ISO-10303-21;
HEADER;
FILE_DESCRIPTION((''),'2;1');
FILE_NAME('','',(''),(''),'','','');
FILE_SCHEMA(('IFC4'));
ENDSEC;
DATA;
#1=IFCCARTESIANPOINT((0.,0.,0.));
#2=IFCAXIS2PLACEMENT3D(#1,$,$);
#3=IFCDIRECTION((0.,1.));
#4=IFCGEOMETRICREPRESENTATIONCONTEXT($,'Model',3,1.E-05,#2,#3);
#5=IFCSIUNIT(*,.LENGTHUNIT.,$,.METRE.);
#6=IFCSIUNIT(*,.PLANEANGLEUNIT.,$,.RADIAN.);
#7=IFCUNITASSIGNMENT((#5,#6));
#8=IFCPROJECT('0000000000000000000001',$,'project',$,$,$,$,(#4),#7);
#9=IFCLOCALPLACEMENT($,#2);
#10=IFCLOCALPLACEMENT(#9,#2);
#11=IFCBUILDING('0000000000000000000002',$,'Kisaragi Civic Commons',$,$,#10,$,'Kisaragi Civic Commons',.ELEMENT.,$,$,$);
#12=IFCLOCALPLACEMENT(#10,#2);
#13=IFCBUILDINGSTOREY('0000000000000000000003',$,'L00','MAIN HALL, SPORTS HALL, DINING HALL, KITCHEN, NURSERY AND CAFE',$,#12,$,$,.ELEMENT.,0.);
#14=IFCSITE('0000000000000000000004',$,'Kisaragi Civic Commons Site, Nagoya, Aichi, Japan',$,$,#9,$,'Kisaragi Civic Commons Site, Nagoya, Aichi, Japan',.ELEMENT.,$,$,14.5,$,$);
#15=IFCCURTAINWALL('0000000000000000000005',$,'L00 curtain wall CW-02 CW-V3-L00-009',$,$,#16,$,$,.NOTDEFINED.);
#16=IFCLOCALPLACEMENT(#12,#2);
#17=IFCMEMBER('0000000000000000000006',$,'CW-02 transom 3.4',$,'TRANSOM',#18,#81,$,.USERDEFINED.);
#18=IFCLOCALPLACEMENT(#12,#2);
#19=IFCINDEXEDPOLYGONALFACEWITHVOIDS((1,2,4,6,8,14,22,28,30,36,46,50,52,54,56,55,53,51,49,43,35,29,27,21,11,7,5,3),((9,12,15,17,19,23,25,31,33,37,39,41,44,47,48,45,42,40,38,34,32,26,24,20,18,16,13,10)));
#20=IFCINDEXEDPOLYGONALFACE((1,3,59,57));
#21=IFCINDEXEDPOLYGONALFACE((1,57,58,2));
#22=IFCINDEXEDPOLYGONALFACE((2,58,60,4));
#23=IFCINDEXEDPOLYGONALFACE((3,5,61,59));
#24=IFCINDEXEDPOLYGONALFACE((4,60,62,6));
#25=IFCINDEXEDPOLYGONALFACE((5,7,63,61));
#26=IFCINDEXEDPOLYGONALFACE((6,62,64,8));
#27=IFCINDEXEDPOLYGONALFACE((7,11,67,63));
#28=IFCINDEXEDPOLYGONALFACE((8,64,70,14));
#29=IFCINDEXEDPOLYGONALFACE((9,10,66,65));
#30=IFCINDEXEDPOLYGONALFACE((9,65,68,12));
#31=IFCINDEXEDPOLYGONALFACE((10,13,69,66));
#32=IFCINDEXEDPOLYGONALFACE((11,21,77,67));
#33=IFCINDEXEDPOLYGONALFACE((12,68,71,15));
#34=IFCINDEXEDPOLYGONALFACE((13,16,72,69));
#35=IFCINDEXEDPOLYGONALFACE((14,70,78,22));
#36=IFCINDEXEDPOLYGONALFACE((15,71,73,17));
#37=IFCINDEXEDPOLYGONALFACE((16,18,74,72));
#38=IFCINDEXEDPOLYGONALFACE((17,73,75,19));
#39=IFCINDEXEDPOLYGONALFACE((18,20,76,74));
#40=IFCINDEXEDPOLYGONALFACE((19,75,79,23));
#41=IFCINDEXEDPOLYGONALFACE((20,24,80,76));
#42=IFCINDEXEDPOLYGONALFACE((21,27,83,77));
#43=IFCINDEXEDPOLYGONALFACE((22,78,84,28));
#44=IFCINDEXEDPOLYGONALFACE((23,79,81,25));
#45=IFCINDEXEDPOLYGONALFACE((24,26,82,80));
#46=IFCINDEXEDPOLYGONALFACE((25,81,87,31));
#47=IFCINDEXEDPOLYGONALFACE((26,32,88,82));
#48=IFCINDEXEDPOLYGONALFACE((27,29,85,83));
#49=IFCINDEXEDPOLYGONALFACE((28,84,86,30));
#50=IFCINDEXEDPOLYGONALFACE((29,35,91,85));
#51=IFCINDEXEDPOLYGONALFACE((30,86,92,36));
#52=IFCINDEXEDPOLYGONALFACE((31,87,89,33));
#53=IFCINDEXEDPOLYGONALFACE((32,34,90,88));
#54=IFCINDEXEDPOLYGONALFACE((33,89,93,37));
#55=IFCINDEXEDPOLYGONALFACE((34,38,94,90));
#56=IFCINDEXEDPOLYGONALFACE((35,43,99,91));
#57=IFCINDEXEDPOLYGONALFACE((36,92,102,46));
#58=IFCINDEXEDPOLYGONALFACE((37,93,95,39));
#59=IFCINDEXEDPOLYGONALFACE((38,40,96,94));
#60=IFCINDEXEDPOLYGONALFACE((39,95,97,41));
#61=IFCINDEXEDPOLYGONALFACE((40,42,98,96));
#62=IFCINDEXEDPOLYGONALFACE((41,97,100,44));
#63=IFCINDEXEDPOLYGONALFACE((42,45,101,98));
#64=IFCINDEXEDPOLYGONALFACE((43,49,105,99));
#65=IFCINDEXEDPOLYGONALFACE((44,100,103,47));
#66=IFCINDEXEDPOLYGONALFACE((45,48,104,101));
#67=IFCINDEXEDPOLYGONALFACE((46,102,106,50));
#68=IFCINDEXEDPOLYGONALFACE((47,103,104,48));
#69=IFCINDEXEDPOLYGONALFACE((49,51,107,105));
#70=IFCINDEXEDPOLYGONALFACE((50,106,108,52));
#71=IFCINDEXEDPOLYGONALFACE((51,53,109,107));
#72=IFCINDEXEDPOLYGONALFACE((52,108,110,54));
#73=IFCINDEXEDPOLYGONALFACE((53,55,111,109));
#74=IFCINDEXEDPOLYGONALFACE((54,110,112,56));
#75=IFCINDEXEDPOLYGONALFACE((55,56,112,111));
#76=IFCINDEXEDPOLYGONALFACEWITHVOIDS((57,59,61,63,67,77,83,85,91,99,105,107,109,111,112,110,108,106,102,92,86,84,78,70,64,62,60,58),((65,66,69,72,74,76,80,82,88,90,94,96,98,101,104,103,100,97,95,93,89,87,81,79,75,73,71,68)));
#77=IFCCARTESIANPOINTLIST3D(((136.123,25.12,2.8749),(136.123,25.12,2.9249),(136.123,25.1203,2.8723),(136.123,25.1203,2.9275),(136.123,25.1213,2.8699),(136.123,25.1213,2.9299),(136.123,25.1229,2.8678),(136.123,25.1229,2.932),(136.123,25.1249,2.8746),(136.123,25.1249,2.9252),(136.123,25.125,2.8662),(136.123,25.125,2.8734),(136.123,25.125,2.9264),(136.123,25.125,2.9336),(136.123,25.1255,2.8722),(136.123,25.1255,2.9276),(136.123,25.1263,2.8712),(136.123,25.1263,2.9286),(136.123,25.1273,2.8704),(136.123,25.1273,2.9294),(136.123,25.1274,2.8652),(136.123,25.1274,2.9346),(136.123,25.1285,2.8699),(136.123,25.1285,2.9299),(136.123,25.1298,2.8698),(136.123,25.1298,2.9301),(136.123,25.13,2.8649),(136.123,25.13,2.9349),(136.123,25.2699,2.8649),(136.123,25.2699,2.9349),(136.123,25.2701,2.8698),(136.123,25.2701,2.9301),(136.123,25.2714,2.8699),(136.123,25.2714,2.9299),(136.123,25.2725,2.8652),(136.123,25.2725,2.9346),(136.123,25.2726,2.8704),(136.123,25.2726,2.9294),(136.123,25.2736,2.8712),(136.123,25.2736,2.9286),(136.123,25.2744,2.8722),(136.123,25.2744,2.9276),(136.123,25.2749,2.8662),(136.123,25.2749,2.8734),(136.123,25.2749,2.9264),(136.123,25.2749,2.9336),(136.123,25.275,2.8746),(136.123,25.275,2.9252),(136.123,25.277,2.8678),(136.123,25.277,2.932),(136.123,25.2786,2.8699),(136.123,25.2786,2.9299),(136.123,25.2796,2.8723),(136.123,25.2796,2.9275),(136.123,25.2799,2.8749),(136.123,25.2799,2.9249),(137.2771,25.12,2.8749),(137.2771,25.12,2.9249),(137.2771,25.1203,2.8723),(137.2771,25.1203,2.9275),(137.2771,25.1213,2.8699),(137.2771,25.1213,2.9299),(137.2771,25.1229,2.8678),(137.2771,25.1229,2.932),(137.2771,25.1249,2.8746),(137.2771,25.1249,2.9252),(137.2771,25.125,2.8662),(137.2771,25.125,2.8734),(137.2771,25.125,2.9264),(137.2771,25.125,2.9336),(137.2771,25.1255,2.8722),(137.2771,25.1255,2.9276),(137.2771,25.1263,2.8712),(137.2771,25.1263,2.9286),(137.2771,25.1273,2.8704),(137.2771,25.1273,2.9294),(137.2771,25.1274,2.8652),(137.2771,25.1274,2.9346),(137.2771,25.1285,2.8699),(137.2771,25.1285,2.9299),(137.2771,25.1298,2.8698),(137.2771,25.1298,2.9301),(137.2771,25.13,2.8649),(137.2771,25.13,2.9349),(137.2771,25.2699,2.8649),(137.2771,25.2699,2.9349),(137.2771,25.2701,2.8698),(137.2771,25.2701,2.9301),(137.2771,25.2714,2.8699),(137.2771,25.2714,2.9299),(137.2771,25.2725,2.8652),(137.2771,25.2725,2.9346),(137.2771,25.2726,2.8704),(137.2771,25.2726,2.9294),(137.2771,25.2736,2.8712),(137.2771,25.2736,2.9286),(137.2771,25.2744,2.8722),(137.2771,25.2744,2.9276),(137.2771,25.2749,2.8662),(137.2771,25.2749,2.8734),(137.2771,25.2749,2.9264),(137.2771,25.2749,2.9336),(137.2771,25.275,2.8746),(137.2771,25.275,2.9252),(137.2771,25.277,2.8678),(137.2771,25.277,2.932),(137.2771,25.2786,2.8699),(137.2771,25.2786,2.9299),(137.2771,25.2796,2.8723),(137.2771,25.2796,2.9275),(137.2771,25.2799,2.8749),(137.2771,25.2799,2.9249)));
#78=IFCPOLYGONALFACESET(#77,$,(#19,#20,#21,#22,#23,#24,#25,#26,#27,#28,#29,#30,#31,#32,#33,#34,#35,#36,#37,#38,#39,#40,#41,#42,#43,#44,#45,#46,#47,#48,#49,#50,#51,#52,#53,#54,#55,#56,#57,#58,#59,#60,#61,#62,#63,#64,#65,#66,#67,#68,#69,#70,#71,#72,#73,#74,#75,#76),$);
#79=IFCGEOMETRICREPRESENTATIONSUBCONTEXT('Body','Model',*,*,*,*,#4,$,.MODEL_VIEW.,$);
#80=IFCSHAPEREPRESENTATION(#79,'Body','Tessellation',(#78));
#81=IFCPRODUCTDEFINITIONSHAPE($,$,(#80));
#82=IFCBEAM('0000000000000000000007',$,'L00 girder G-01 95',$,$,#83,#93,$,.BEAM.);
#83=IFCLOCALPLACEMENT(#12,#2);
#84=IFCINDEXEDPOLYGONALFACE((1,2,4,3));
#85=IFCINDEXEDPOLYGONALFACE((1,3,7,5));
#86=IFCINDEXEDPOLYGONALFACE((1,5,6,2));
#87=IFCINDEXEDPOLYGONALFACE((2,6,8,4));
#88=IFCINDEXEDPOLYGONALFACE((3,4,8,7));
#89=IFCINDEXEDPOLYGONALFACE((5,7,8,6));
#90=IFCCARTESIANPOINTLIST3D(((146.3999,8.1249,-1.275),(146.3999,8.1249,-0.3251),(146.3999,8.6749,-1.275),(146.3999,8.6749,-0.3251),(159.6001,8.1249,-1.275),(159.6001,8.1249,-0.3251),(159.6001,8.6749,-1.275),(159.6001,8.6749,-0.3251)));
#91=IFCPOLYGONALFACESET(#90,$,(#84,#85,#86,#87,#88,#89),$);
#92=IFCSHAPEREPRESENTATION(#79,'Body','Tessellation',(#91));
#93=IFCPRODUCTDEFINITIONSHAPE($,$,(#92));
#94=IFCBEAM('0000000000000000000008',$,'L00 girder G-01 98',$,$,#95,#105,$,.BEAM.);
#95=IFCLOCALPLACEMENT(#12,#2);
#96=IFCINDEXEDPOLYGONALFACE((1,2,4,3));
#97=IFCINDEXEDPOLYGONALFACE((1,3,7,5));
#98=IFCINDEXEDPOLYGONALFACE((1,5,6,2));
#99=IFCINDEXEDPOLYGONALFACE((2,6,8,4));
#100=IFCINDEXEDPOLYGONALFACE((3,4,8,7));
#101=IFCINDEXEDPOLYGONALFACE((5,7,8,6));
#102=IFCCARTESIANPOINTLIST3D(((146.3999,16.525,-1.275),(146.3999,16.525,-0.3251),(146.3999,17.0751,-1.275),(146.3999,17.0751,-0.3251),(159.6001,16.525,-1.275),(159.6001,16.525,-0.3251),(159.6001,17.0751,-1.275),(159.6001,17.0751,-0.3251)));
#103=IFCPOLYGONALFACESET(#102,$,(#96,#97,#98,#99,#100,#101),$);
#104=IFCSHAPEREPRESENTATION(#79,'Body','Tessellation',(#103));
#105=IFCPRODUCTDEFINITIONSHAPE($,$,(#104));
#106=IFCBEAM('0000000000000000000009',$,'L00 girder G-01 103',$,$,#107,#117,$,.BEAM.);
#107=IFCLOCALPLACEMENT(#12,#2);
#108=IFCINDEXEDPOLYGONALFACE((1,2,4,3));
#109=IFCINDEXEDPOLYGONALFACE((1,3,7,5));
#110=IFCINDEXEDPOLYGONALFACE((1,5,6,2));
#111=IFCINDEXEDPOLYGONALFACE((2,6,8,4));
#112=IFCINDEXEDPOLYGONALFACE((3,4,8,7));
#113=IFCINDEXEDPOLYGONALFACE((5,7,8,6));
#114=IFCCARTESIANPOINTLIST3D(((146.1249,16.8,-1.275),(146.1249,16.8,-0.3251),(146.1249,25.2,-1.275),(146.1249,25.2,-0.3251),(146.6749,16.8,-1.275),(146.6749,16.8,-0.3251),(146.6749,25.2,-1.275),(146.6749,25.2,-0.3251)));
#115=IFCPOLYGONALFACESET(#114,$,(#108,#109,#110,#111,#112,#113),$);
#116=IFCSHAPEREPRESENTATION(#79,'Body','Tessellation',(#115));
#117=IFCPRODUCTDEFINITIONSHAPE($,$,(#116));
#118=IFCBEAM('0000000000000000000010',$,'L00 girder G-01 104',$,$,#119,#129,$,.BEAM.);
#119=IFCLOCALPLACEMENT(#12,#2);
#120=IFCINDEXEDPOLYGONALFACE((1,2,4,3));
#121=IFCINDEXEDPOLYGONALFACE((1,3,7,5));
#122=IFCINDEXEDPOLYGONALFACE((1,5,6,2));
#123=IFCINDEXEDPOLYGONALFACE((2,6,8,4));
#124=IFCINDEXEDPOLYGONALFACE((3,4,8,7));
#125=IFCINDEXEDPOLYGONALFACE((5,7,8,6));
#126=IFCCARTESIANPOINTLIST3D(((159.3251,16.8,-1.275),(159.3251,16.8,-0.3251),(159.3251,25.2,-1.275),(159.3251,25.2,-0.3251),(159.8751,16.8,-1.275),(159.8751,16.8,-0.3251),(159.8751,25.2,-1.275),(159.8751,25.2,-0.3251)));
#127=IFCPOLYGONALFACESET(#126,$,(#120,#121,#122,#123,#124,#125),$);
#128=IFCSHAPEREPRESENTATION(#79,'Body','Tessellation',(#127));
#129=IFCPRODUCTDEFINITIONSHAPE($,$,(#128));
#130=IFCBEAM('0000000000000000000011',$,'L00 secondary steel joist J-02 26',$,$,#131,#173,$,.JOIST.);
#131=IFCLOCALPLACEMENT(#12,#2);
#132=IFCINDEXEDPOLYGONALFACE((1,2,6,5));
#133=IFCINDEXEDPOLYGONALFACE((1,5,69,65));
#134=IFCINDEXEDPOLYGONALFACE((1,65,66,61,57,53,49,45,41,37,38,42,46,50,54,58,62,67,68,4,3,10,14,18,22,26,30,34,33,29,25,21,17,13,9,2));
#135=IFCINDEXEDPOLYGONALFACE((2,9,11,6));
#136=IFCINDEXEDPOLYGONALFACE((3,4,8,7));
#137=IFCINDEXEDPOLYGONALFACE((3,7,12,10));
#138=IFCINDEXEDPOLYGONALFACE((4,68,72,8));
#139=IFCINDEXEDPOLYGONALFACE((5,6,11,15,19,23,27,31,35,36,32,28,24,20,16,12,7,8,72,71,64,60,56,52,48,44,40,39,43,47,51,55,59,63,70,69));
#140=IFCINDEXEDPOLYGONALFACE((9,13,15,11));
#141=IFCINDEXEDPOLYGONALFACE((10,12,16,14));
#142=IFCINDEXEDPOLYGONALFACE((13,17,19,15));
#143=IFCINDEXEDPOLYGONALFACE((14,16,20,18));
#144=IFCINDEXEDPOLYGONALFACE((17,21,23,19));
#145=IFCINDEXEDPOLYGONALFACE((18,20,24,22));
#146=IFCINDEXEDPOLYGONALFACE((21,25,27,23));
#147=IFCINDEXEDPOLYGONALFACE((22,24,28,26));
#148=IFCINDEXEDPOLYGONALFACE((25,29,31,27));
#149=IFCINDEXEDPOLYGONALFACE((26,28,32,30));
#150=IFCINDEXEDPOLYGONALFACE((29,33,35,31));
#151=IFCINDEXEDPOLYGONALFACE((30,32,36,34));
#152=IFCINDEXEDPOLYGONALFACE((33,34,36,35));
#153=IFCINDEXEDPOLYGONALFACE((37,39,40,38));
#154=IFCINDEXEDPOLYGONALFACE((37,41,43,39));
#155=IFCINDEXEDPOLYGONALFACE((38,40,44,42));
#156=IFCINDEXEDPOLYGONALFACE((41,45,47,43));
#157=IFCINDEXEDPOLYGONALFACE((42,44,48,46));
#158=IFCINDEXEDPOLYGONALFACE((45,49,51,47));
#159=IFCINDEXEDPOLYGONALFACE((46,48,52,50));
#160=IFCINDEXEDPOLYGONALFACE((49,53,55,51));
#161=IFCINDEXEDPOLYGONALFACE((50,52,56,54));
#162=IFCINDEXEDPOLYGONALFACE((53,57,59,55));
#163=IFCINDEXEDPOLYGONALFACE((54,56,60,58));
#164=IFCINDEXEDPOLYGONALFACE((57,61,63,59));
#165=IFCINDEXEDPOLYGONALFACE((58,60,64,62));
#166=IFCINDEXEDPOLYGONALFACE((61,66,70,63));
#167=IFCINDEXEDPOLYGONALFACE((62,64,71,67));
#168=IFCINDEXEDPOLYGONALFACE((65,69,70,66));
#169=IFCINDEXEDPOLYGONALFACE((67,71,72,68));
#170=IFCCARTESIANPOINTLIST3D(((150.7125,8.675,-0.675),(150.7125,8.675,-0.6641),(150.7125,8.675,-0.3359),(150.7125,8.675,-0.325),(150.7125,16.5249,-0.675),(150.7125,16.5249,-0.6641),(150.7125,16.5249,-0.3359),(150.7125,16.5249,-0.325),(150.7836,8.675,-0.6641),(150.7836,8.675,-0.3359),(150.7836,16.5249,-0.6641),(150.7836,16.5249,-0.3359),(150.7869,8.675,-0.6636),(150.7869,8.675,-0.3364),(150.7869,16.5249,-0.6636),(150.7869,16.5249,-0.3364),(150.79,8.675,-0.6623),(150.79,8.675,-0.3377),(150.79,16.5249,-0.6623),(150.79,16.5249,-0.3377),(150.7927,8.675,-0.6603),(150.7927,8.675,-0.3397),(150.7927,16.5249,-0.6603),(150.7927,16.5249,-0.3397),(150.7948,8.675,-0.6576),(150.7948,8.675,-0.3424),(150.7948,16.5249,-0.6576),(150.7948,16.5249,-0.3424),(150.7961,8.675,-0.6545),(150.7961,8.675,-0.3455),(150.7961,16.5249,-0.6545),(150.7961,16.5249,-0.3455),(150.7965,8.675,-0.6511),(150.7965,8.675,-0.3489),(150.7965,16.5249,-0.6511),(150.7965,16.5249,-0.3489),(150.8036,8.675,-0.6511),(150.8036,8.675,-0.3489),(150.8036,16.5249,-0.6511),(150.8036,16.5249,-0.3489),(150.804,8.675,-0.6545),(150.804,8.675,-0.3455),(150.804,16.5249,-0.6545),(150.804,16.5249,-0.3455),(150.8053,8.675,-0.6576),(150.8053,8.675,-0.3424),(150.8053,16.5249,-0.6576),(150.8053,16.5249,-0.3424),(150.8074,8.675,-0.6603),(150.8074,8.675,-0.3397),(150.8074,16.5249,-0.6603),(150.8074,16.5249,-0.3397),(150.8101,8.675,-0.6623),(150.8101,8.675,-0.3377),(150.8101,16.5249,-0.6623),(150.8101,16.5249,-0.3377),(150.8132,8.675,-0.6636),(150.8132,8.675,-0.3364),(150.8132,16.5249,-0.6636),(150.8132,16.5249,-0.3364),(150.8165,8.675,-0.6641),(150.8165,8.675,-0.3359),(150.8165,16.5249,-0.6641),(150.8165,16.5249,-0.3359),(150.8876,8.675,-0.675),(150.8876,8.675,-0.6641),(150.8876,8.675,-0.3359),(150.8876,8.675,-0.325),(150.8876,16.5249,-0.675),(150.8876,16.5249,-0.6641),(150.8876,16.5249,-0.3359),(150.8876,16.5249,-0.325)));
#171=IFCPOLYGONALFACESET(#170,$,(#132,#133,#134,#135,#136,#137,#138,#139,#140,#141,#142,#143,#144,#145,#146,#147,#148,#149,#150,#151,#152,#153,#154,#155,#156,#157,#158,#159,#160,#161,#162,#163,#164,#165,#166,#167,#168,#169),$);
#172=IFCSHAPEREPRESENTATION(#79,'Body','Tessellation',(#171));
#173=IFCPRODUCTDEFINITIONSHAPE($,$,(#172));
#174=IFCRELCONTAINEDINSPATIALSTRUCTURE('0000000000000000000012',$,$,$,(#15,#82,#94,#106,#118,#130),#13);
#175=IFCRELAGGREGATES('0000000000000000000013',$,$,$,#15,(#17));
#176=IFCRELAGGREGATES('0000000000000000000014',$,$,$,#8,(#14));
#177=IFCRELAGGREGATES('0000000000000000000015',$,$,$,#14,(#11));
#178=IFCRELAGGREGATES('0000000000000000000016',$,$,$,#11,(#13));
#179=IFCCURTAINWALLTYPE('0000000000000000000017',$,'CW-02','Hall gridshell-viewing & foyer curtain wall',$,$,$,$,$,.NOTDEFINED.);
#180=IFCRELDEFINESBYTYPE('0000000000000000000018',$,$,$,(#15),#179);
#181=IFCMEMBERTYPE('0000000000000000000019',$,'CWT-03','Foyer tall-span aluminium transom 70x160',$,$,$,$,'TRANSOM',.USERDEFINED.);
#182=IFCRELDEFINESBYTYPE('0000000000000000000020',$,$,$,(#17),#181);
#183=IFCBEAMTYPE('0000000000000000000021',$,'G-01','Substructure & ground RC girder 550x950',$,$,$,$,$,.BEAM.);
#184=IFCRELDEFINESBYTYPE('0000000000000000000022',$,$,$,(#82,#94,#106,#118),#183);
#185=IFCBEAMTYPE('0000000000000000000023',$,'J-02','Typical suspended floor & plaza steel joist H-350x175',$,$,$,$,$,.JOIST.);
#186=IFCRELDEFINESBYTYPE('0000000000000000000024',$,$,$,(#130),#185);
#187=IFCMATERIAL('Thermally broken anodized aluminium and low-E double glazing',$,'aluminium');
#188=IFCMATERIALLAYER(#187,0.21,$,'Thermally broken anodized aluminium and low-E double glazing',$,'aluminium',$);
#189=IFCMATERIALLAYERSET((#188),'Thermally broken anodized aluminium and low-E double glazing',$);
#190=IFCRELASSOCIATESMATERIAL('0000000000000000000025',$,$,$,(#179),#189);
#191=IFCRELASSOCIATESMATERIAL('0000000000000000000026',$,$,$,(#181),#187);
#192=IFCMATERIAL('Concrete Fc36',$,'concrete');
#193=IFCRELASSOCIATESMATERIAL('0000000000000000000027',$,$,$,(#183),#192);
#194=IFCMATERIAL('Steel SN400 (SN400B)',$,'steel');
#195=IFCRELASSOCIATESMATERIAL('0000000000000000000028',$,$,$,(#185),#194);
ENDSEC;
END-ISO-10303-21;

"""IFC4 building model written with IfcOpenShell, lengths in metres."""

from ifc_helpers import new_model, si_unit, direction, frame, origin, origin_2d, place, context, subcontext, project, spatial, rectangle, hollow_rectangle, i_section, extrude, material, layer, layer_set, material_profile, profile_set, type_object, element, aggregate, save


model = new_model("IFC4")

# Units and contexts
model_context = context("Model", 3, precision=1e-05, world=origin(), true_north=direction((0.0, 1.0)))
body_context = subcontext(model_context, "Body", "Model", "MODEL_VIEW")
ifc_project = project(units=[si_unit("LENGTHUNIT", "METRE"), si_unit("PLANEANGLEUNIT", "RADIAN")], contexts=[model_context])

# Site, building, storey
site_placement = place(None, origin())
site = spatial("IfcSite", under=ifc_project, at=site_placement, Name="Kisaragi Civic Commons Site, Nagoya, Aichi, Japan", LongName="Kisaragi Civic Commons Site, Nagoya, Aichi, Japan", CompositionType="ELEMENT", RefElevation=14.5)
building_placement = place(site_placement, origin())
building = spatial("IfcBuilding", under=site, at=building_placement, Name="Kisaragi Civic Commons", LongName="Kisaragi Civic Commons", CompositionType="ELEMENT")
storey_placement = place(building_placement, origin())
storey = spatial("IfcBuildingStorey", under=building, at=storey_placement, Name="L00", Description="MAIN HALL, SPORTS HALL, DINING HALL, KITCHEN, NURSERY AND CAFE", CompositionType="ELEMENT", Elevation=0.0)

# Shared definitions
ifc_material_1 = material(Name="Concrete Fc36", Category="concrete")

# Curtain wall, member
ifc_material_2 = material(Name="Thermally broken anodized aluminium and low-E double glazing", Category="aluminium")
ifc_layer_1 = layer(ifc_material_2, 0.21, Name="Thermally broken anodized aluminium and low-E double glazing", Category="aluminium")
ifc_layer_set_1 = layer_set([ifc_layer_1], Name="Thermally broken anodized aluminium and low-E double glazing")
curtain_wall_type = type_object("IfcCurtainWallType", Name="CW-02", Description="Hall gridshell-viewing & foyer curtain wall", PredefinedType="NOTDEFINED", material=ifc_layer_set_1)
curtain_wall_placement = place(storey_placement, origin())
curtain_wall = element("IfcCurtainWall", 1, at=curtain_wall_placement, inside=storey, type_object=curtain_wall_type, Name="L00 curtain wall CW-02 CW-V3-L00-009", PredefinedType="NOTDEFINED")
ifc_material_profile_1 = material_profile(ifc_material_2, hollow_rectangle(XDim=0.1599, YDim=0.0701, WallThickness=0.0049, InnerFilletRadius=0.0049, OuterFilletRadius=0.01, at=origin_2d()), Name="CWT-70x160x5", Category="aluminium")
ifc_profile_set_1 = profile_set([ifc_material_profile_1], Name="Thermally broken anodized aluminium and low-E double glazing")
member_type_1 = type_object("IfcMemberType", Name="CWT-03", Description="Foyer tall-span aluminium transom 70x160", ElementType="TRANSOM", PredefinedType="USERDEFINED", material=ifc_profile_set_1)
member_1_placement = place(storey_placement, frame((136.123, 25.2, 2.8999), z_axis=(1.0, 0.0, 0.0), x_axis=(0.0, 1.0, 0.0)))
member_1 = element("IfcMember", 2, at=member_1_placement, type_object=member_type_1, Name="CW-02 transom 3.4", ObjectType="TRANSOM", PredefinedType="USERDEFINED", context=body_context, shape_type="SweptSolid", body=[
    extrude(hollow_rectangle(XDim=0.1599, YDim=0.0701, WallThickness=0.0049, InnerFilletRadius=0.0049, OuterFilletRadius=0.01, at=origin_2d()), origin(), (0.0, 0.0, 1.0), 1.1541),
])

# Beams
ifc_material_profile_2 = material_profile(ifc_material_1, rectangle(XDim=0.55, YDim=0.95, at=origin_2d()), Name="RC-550x950", Category="concrete")
ifc_profile_set_2 = profile_set([ifc_material_profile_2], Name="Concrete Fc36")
beam_type_1 = type_object("IfcBeamType", Name="G-01", Description="Substructure & ground RC girder 550x950", PredefinedType="BEAM", material=ifc_profile_set_2)
for number, where, z_axis, x_axis, name in (
    (3, (146.3999, 8.3999, -0.8), (1.0, 0.0, 0.0), (0.0, 1.0, 0.0), "L00 girder G-01 95"),
    (4, (146.3999, 16.8, -0.8), (1.0, 0.0, 0.0), (0.0, 1.0, 0.0), "L00 girder G-01 98"),
):
    element("IfcBeam", number, at=place(storey_placement, frame(where, z_axis=z_axis, x_axis=x_axis)), inside=storey, type_object=beam_type_1, Name=name, PredefinedType="BEAM", context=body_context, shape_type="SweptSolid", body=[
        extrude(rectangle(XDim=0.55, YDim=0.95, at=origin_2d()), origin(), (0.0, 0.0, 1.0), 13.2002),
    ])
for number, where, z_axis, x_axis, name in (
    (5, (146.3999, 16.8, -0.8), (0.0, 1.0, 0.0), (-1.0, 0.0, 0.0), "L00 girder G-01 103"),
    (6, (159.6001, 16.8, -0.8), (0.0, 1.0, 0.0), (-1.0, 0.0, 0.0), "L00 girder G-01 104"),
):
    element("IfcBeam", number, at=place(storey_placement, frame(where, z_axis=z_axis, x_axis=x_axis)), inside=storey, type_object=beam_type_1, Name=name, PredefinedType="BEAM", context=body_context, shape_type="SweptSolid", body=[
        extrude(rectangle(XDim=0.55, YDim=0.95, at=origin_2d()), origin(), (0.0, 0.0, 1.0), 8.3999),
    ])
ifc_material_3 = material(Name="Steel SN400 (SN400B)", Category="steel")
ifc_material_profile_3 = material_profile(ifc_material_3, i_section(OverallWidth=0.175, OverallDepth=0.3501, WebThickness=0.0071, FlangeThickness=0.011, FilletRadius=0.0129, at=origin_2d()), Name="H-350x175x7x11", Category="steel")
ifc_profile_set_3 = profile_set([ifc_material_profile_3], Name="Steel SN400 (SN400B)")
beam_type_2 = type_object("IfcBeamType", Name="J-02", Description="Typical suspended floor & plaza steel joist H-350x175", PredefinedType="JOIST", material=ifc_profile_set_3)
for number, where, z_axis, x_axis, name in (
    (7, (150.8, 8.675, -0.5), (0.0, 1.0, 0.0), (-1.0, 0.0, 0.0), "L00 secondary steel joist J-02 26"),
):
    element("IfcBeam", number, at=place(storey_placement, frame(where, z_axis=z_axis, x_axis=x_axis)), inside=storey, type_object=beam_type_2, Name=name, PredefinedType="JOIST", context=body_context, shape_type="SweptSolid", body=[
        extrude(i_section(OverallWidth=0.175, OverallDepth=0.3501, WebThickness=0.0071, FlangeThickness=0.011, FilletRadius=0.0129, at=origin_2d()), origin(), (0.0, 0.0, 1.0), 7.8499),
    ])

aggregate(curtain_wall, [member_1])

save(model, "model.ifc")
